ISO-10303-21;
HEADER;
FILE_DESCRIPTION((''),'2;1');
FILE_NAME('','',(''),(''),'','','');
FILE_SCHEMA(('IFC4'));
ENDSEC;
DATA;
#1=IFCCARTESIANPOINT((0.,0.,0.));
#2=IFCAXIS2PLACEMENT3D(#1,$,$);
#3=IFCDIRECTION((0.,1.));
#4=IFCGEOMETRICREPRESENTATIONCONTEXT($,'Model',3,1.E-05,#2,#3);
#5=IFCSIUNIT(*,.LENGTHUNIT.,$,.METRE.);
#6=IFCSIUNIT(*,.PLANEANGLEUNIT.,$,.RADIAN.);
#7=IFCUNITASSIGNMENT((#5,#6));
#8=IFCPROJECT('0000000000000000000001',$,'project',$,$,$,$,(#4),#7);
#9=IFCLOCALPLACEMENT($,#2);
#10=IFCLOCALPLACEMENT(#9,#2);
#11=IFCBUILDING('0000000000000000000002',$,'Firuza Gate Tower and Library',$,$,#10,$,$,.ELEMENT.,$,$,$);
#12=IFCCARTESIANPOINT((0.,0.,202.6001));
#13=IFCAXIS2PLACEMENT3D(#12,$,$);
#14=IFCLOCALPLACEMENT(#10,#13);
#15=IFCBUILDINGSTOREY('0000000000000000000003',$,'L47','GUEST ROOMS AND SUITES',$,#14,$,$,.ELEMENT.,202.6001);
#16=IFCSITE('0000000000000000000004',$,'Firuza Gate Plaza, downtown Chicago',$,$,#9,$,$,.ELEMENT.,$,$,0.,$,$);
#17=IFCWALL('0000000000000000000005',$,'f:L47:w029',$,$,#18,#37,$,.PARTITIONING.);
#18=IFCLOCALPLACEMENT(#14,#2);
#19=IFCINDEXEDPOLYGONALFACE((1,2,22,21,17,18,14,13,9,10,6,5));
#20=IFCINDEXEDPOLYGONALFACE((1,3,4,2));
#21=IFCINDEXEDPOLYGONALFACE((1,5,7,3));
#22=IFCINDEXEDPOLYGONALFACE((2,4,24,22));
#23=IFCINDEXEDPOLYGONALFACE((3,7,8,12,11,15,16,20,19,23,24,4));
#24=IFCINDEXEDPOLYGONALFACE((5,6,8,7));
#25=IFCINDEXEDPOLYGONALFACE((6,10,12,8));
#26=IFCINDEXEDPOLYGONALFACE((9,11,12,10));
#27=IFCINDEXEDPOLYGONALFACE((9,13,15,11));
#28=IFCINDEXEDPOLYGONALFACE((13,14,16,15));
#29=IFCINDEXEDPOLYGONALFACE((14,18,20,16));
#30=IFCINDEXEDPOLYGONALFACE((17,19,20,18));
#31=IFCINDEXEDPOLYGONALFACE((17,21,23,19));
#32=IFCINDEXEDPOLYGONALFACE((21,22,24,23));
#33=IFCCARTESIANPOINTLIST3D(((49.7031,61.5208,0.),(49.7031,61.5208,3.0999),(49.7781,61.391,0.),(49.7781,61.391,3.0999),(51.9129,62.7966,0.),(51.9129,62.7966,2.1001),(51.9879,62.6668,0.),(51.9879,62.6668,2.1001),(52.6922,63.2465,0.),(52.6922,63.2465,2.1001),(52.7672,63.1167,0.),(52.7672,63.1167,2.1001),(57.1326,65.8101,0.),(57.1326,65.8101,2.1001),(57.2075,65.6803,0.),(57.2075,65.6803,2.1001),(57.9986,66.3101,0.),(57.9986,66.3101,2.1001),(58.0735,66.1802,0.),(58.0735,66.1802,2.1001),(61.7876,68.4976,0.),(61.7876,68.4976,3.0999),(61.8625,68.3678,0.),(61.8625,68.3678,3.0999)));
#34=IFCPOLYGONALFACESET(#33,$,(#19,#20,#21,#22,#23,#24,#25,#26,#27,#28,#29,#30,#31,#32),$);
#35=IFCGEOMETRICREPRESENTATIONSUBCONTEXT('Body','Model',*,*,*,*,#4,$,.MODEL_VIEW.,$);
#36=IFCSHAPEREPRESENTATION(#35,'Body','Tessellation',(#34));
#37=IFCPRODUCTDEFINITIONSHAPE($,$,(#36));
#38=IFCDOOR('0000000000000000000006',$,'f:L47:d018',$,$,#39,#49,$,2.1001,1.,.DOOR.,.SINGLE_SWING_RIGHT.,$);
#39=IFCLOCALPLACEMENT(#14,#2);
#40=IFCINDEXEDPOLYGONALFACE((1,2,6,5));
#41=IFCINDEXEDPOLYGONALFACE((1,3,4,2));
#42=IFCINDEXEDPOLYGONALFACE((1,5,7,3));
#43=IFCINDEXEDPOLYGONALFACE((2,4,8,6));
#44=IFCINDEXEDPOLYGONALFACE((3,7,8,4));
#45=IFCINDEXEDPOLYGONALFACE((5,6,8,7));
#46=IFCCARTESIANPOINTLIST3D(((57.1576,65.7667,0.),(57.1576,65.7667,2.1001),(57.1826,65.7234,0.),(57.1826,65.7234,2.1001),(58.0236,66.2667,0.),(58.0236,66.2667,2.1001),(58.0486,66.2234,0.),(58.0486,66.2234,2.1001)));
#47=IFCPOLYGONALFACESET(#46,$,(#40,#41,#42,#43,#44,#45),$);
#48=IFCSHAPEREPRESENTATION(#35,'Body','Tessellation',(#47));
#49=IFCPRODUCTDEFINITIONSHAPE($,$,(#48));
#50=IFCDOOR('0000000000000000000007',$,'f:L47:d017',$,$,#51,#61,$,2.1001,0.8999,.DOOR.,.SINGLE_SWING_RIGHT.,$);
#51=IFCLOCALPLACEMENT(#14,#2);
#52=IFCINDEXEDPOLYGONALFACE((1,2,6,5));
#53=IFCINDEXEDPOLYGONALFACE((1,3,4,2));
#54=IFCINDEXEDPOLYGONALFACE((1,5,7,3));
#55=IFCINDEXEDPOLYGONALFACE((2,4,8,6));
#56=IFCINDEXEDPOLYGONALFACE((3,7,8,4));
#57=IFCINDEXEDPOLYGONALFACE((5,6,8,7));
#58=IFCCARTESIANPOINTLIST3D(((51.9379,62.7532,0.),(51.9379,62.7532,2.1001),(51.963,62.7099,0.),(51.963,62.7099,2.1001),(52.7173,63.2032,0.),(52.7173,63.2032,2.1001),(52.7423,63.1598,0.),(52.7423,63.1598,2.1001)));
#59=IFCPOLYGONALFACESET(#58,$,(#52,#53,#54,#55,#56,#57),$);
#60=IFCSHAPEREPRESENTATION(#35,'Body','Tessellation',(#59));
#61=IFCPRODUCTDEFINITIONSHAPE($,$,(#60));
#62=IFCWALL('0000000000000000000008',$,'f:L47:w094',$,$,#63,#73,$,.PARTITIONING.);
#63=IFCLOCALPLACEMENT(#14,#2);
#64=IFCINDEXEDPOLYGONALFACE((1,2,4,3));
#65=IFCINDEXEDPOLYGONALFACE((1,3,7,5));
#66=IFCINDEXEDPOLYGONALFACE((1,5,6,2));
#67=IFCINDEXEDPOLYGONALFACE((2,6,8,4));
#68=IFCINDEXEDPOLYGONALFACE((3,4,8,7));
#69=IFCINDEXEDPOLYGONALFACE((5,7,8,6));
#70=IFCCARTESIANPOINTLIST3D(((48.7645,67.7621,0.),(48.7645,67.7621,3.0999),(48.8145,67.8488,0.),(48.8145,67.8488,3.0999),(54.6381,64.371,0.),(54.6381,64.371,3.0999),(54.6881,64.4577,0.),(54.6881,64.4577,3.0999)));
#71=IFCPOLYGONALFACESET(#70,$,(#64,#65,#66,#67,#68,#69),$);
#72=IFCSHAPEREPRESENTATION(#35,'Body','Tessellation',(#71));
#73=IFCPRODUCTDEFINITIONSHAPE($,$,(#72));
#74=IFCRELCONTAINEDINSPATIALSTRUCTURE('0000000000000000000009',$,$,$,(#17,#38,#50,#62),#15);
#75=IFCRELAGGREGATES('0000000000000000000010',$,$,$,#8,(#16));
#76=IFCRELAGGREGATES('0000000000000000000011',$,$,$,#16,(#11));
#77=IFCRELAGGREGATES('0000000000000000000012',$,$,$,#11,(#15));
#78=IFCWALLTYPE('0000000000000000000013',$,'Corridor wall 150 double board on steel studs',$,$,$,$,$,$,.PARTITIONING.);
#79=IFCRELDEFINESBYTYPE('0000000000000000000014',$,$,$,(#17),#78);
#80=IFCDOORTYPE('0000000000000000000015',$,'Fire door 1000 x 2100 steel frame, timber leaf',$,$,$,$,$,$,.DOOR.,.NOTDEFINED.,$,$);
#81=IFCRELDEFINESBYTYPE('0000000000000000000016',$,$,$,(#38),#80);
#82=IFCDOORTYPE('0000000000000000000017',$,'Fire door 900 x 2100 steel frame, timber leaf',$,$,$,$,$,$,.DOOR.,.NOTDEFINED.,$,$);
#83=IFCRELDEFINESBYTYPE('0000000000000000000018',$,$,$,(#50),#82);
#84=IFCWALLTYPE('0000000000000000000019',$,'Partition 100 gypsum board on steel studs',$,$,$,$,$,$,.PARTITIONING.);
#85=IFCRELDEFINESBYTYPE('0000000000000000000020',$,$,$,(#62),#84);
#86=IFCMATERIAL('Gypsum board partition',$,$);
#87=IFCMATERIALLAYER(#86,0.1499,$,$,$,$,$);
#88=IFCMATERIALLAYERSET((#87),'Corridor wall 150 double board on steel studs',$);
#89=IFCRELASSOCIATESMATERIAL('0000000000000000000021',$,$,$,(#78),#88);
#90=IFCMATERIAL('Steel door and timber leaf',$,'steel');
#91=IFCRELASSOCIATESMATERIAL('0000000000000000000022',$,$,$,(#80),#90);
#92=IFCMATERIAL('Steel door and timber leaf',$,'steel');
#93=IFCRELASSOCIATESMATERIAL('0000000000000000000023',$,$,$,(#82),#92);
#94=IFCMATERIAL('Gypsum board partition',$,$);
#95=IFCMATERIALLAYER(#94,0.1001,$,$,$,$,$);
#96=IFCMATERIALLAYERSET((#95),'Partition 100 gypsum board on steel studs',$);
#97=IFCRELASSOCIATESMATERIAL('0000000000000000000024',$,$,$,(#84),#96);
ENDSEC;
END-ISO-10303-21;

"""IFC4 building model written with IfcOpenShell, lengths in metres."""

from ifc_helpers import new_model, si_unit, direction, frame, frame_2d, origin, place, context, subcontext, project, spatial, rectangle, extrude, material, layer, layer_set, type_object, element, fill, save


model = new_model("IFC4")

# Units and contexts
model_context = context("Model", 3, precision=1e-05, world=origin(), true_north=direction((0.0, 1.0)))
body_context = subcontext(model_context, "Body", "Model", "MODEL_VIEW")
ifc_project = project(units=[si_unit("LENGTHUNIT", "METRE"), si_unit("PLANEANGLEUNIT", "RADIAN")], contexts=[model_context])

# Site, building, storey
site_placement = place(None, origin())
site = spatial("IfcSite", under=ifc_project, at=site_placement, Name="Firuza Gate Plaza, downtown Chicago", CompositionType="ELEMENT", RefElevation=0.0)
building_placement = place(site_placement, origin())
building = spatial("IfcBuilding", under=site, at=building_placement, Name="Firuza Gate Tower and Library", CompositionType="ELEMENT")
storey_placement = place(building_placement, frame((0.0, 0.0, 202.6001)))
storey = spatial("IfcBuildingStorey", under=building, at=storey_placement, Name="L47", Description="GUEST ROOMS AND SUITES", CompositionType="ELEMENT", Elevation=202.6001)

# Wall, openings, doors
ifc_material_1 = material(Name="Gypsum board partition")
ifc_layer_1 = layer(ifc_material_1, 0.1499)
ifc_layer_set_1 = layer_set([ifc_layer_1], Name="Corridor wall 150 double board on steel studs")
wall_type_1 = type_object("IfcWallType", Name="Corridor wall 150 double board on steel studs", PredefinedType="PARTITIONING", material=ifc_layer_set_1)
wall_1_placement = place(storey_placement, frame((49.7405, 61.4558, 0.0), z_axis=(0.0, 0.0, 1.0), x_axis=(0.866031, 0.499991, 0.0)))
wall_1 = element("IfcWall", 1, at=wall_1_placement, inside=storey, type_object=wall_type_1, Name="f:L47:w029", PredefinedType="PARTITIONING", context=body_context, shape_type="SweptSolid", body=[
    extrude(rectangle(XDim=13.9539, YDim=0.1499, at=frame_2d((6.9771, 0.0))), origin(), (0.0, 0.0, 1.0), 3.0999),
])
opening_1_placement = place(wall_1_placement, frame((2.5518, 0.0, 0.0)))
opening_1 = element("IfcOpeningElement", 2, at=opening_1_placement, cuts=wall_1, PredefinedType="OPENING", context=body_context, shape_type="SweptSolid", body=[
    extrude(rectangle(XDim=0.8999, YDim=2.1001, at=frame_2d((0.45, 1.05))), frame((0.0, 0.085, 0.0), z_axis=(0.0, -1.0, 0.0), x_axis=(1.0, 0.0, 0.0)), (0.0, 0.0, 1.0), 0.1699),
])
opening_2_placement = place(wall_1_placement, frame((8.5789, 0.0, 0.0)))
opening_2 = element("IfcOpeningElement", 3, at=opening_2_placement, cuts=wall_1, PredefinedType="OPENING", context=body_context, shape_type="SweptSolid", body=[
    extrude(rectangle(XDim=1.0, YDim=2.1001, at=frame_2d((0.5, 1.05))), frame((0.0, 0.085, 0.0), z_axis=(0.0, -1.0, 0.0), x_axis=(1.0, 0.0, 0.0)), (0.0, 0.0, 1.0), 0.1699),
])
ifc_material_2 = material(Name="Steel door and timber leaf", Category="steel")
door_type_1 = type_object("IfcDoorType", Name="Fire door 1000 x 2100 steel frame, timber leaf", OperationType="NOTDEFINED", PredefinedType="DOOR", material=ifc_material_2)
door_1_placement = place(opening_2_placement, origin())
door_1 = element("IfcDoor", 4, at=door_1_placement, inside=storey, type_object=door_type_1, Name="f:L47:d018", OperationType="SINGLE_SWING_RIGHT", OverallHeight=2.1001, OverallWidth=1.0, PredefinedType="DOOR", context=body_context, shape_type="SweptSolid", body=[
    extrude(rectangle(XDim=1.0, YDim=2.1001, at=frame_2d((0.5, 1.05))), frame((0.0, 0.0249, 0.0), z_axis=(0.0, -1.0, 0.0), x_axis=(1.0, 0.0, 0.0)), (0.0, 0.0, 1.0), 0.05),
])
fill(opening_2, door_1)
ifc_material_3 = material(Name="Steel door and timber leaf", Category="steel")
door_type_2 = type_object("IfcDoorType", Name="Fire door 900 x 2100 steel frame, timber leaf", OperationType="NOTDEFINED", PredefinedType="DOOR", material=ifc_material_3)
door_2_placement = place(opening_1_placement, origin())
door_2 = element("IfcDoor", 5, at=door_2_placement, inside=storey, type_object=door_type_2, Name="f:L47:d017", OperationType="SINGLE_SWING_RIGHT", OverallHeight=2.1001, OverallWidth=0.8999, PredefinedType="DOOR", context=body_context, shape_type="SweptSolid", body=[
    extrude(rectangle(XDim=0.8999, YDim=2.1001, at=frame_2d((0.45, 1.05))), frame((0.0, 0.0249, 0.0), z_axis=(0.0, -1.0, 0.0), x_axis=(1.0, 0.0, 0.0)), (0.0, 0.0, 1.0), 0.05),
])
fill(opening_1, door_2)

# Wall
ifc_material_4 = material(Name="Gypsum board partition")
ifc_layer_2 = layer(ifc_material_4, 0.1001)
ifc_layer_set_2 = layer_set([ifc_layer_2], Name="Partition 100 gypsum board on steel studs")
wall_type_2 = type_object("IfcWallType", Name="Partition 100 gypsum board on steel studs", PredefinedType="PARTITIONING", material=ifc_layer_set_2)
wall_2_placement = place(storey_placement, frame((54.6631, 64.4143, 0.0), z_axis=(0.0, 0.0, 1.0), x_axis=(-0.866024, 0.500003, 0.0)))
element("IfcWall", 6, at=wall_2_placement, inside=storey, type_object=wall_type_2, Name="f:L47:w094", PredefinedType="PARTITIONING", context=body_context, shape_type="SweptSolid", body=[
    extrude(rectangle(XDim=6.7822, YDim=0.1001, at=frame_2d((3.3911, 0.0))), origin(), (0.0, 0.0, 1.0), 3.0999),
])

save(model, "model.ifc")
